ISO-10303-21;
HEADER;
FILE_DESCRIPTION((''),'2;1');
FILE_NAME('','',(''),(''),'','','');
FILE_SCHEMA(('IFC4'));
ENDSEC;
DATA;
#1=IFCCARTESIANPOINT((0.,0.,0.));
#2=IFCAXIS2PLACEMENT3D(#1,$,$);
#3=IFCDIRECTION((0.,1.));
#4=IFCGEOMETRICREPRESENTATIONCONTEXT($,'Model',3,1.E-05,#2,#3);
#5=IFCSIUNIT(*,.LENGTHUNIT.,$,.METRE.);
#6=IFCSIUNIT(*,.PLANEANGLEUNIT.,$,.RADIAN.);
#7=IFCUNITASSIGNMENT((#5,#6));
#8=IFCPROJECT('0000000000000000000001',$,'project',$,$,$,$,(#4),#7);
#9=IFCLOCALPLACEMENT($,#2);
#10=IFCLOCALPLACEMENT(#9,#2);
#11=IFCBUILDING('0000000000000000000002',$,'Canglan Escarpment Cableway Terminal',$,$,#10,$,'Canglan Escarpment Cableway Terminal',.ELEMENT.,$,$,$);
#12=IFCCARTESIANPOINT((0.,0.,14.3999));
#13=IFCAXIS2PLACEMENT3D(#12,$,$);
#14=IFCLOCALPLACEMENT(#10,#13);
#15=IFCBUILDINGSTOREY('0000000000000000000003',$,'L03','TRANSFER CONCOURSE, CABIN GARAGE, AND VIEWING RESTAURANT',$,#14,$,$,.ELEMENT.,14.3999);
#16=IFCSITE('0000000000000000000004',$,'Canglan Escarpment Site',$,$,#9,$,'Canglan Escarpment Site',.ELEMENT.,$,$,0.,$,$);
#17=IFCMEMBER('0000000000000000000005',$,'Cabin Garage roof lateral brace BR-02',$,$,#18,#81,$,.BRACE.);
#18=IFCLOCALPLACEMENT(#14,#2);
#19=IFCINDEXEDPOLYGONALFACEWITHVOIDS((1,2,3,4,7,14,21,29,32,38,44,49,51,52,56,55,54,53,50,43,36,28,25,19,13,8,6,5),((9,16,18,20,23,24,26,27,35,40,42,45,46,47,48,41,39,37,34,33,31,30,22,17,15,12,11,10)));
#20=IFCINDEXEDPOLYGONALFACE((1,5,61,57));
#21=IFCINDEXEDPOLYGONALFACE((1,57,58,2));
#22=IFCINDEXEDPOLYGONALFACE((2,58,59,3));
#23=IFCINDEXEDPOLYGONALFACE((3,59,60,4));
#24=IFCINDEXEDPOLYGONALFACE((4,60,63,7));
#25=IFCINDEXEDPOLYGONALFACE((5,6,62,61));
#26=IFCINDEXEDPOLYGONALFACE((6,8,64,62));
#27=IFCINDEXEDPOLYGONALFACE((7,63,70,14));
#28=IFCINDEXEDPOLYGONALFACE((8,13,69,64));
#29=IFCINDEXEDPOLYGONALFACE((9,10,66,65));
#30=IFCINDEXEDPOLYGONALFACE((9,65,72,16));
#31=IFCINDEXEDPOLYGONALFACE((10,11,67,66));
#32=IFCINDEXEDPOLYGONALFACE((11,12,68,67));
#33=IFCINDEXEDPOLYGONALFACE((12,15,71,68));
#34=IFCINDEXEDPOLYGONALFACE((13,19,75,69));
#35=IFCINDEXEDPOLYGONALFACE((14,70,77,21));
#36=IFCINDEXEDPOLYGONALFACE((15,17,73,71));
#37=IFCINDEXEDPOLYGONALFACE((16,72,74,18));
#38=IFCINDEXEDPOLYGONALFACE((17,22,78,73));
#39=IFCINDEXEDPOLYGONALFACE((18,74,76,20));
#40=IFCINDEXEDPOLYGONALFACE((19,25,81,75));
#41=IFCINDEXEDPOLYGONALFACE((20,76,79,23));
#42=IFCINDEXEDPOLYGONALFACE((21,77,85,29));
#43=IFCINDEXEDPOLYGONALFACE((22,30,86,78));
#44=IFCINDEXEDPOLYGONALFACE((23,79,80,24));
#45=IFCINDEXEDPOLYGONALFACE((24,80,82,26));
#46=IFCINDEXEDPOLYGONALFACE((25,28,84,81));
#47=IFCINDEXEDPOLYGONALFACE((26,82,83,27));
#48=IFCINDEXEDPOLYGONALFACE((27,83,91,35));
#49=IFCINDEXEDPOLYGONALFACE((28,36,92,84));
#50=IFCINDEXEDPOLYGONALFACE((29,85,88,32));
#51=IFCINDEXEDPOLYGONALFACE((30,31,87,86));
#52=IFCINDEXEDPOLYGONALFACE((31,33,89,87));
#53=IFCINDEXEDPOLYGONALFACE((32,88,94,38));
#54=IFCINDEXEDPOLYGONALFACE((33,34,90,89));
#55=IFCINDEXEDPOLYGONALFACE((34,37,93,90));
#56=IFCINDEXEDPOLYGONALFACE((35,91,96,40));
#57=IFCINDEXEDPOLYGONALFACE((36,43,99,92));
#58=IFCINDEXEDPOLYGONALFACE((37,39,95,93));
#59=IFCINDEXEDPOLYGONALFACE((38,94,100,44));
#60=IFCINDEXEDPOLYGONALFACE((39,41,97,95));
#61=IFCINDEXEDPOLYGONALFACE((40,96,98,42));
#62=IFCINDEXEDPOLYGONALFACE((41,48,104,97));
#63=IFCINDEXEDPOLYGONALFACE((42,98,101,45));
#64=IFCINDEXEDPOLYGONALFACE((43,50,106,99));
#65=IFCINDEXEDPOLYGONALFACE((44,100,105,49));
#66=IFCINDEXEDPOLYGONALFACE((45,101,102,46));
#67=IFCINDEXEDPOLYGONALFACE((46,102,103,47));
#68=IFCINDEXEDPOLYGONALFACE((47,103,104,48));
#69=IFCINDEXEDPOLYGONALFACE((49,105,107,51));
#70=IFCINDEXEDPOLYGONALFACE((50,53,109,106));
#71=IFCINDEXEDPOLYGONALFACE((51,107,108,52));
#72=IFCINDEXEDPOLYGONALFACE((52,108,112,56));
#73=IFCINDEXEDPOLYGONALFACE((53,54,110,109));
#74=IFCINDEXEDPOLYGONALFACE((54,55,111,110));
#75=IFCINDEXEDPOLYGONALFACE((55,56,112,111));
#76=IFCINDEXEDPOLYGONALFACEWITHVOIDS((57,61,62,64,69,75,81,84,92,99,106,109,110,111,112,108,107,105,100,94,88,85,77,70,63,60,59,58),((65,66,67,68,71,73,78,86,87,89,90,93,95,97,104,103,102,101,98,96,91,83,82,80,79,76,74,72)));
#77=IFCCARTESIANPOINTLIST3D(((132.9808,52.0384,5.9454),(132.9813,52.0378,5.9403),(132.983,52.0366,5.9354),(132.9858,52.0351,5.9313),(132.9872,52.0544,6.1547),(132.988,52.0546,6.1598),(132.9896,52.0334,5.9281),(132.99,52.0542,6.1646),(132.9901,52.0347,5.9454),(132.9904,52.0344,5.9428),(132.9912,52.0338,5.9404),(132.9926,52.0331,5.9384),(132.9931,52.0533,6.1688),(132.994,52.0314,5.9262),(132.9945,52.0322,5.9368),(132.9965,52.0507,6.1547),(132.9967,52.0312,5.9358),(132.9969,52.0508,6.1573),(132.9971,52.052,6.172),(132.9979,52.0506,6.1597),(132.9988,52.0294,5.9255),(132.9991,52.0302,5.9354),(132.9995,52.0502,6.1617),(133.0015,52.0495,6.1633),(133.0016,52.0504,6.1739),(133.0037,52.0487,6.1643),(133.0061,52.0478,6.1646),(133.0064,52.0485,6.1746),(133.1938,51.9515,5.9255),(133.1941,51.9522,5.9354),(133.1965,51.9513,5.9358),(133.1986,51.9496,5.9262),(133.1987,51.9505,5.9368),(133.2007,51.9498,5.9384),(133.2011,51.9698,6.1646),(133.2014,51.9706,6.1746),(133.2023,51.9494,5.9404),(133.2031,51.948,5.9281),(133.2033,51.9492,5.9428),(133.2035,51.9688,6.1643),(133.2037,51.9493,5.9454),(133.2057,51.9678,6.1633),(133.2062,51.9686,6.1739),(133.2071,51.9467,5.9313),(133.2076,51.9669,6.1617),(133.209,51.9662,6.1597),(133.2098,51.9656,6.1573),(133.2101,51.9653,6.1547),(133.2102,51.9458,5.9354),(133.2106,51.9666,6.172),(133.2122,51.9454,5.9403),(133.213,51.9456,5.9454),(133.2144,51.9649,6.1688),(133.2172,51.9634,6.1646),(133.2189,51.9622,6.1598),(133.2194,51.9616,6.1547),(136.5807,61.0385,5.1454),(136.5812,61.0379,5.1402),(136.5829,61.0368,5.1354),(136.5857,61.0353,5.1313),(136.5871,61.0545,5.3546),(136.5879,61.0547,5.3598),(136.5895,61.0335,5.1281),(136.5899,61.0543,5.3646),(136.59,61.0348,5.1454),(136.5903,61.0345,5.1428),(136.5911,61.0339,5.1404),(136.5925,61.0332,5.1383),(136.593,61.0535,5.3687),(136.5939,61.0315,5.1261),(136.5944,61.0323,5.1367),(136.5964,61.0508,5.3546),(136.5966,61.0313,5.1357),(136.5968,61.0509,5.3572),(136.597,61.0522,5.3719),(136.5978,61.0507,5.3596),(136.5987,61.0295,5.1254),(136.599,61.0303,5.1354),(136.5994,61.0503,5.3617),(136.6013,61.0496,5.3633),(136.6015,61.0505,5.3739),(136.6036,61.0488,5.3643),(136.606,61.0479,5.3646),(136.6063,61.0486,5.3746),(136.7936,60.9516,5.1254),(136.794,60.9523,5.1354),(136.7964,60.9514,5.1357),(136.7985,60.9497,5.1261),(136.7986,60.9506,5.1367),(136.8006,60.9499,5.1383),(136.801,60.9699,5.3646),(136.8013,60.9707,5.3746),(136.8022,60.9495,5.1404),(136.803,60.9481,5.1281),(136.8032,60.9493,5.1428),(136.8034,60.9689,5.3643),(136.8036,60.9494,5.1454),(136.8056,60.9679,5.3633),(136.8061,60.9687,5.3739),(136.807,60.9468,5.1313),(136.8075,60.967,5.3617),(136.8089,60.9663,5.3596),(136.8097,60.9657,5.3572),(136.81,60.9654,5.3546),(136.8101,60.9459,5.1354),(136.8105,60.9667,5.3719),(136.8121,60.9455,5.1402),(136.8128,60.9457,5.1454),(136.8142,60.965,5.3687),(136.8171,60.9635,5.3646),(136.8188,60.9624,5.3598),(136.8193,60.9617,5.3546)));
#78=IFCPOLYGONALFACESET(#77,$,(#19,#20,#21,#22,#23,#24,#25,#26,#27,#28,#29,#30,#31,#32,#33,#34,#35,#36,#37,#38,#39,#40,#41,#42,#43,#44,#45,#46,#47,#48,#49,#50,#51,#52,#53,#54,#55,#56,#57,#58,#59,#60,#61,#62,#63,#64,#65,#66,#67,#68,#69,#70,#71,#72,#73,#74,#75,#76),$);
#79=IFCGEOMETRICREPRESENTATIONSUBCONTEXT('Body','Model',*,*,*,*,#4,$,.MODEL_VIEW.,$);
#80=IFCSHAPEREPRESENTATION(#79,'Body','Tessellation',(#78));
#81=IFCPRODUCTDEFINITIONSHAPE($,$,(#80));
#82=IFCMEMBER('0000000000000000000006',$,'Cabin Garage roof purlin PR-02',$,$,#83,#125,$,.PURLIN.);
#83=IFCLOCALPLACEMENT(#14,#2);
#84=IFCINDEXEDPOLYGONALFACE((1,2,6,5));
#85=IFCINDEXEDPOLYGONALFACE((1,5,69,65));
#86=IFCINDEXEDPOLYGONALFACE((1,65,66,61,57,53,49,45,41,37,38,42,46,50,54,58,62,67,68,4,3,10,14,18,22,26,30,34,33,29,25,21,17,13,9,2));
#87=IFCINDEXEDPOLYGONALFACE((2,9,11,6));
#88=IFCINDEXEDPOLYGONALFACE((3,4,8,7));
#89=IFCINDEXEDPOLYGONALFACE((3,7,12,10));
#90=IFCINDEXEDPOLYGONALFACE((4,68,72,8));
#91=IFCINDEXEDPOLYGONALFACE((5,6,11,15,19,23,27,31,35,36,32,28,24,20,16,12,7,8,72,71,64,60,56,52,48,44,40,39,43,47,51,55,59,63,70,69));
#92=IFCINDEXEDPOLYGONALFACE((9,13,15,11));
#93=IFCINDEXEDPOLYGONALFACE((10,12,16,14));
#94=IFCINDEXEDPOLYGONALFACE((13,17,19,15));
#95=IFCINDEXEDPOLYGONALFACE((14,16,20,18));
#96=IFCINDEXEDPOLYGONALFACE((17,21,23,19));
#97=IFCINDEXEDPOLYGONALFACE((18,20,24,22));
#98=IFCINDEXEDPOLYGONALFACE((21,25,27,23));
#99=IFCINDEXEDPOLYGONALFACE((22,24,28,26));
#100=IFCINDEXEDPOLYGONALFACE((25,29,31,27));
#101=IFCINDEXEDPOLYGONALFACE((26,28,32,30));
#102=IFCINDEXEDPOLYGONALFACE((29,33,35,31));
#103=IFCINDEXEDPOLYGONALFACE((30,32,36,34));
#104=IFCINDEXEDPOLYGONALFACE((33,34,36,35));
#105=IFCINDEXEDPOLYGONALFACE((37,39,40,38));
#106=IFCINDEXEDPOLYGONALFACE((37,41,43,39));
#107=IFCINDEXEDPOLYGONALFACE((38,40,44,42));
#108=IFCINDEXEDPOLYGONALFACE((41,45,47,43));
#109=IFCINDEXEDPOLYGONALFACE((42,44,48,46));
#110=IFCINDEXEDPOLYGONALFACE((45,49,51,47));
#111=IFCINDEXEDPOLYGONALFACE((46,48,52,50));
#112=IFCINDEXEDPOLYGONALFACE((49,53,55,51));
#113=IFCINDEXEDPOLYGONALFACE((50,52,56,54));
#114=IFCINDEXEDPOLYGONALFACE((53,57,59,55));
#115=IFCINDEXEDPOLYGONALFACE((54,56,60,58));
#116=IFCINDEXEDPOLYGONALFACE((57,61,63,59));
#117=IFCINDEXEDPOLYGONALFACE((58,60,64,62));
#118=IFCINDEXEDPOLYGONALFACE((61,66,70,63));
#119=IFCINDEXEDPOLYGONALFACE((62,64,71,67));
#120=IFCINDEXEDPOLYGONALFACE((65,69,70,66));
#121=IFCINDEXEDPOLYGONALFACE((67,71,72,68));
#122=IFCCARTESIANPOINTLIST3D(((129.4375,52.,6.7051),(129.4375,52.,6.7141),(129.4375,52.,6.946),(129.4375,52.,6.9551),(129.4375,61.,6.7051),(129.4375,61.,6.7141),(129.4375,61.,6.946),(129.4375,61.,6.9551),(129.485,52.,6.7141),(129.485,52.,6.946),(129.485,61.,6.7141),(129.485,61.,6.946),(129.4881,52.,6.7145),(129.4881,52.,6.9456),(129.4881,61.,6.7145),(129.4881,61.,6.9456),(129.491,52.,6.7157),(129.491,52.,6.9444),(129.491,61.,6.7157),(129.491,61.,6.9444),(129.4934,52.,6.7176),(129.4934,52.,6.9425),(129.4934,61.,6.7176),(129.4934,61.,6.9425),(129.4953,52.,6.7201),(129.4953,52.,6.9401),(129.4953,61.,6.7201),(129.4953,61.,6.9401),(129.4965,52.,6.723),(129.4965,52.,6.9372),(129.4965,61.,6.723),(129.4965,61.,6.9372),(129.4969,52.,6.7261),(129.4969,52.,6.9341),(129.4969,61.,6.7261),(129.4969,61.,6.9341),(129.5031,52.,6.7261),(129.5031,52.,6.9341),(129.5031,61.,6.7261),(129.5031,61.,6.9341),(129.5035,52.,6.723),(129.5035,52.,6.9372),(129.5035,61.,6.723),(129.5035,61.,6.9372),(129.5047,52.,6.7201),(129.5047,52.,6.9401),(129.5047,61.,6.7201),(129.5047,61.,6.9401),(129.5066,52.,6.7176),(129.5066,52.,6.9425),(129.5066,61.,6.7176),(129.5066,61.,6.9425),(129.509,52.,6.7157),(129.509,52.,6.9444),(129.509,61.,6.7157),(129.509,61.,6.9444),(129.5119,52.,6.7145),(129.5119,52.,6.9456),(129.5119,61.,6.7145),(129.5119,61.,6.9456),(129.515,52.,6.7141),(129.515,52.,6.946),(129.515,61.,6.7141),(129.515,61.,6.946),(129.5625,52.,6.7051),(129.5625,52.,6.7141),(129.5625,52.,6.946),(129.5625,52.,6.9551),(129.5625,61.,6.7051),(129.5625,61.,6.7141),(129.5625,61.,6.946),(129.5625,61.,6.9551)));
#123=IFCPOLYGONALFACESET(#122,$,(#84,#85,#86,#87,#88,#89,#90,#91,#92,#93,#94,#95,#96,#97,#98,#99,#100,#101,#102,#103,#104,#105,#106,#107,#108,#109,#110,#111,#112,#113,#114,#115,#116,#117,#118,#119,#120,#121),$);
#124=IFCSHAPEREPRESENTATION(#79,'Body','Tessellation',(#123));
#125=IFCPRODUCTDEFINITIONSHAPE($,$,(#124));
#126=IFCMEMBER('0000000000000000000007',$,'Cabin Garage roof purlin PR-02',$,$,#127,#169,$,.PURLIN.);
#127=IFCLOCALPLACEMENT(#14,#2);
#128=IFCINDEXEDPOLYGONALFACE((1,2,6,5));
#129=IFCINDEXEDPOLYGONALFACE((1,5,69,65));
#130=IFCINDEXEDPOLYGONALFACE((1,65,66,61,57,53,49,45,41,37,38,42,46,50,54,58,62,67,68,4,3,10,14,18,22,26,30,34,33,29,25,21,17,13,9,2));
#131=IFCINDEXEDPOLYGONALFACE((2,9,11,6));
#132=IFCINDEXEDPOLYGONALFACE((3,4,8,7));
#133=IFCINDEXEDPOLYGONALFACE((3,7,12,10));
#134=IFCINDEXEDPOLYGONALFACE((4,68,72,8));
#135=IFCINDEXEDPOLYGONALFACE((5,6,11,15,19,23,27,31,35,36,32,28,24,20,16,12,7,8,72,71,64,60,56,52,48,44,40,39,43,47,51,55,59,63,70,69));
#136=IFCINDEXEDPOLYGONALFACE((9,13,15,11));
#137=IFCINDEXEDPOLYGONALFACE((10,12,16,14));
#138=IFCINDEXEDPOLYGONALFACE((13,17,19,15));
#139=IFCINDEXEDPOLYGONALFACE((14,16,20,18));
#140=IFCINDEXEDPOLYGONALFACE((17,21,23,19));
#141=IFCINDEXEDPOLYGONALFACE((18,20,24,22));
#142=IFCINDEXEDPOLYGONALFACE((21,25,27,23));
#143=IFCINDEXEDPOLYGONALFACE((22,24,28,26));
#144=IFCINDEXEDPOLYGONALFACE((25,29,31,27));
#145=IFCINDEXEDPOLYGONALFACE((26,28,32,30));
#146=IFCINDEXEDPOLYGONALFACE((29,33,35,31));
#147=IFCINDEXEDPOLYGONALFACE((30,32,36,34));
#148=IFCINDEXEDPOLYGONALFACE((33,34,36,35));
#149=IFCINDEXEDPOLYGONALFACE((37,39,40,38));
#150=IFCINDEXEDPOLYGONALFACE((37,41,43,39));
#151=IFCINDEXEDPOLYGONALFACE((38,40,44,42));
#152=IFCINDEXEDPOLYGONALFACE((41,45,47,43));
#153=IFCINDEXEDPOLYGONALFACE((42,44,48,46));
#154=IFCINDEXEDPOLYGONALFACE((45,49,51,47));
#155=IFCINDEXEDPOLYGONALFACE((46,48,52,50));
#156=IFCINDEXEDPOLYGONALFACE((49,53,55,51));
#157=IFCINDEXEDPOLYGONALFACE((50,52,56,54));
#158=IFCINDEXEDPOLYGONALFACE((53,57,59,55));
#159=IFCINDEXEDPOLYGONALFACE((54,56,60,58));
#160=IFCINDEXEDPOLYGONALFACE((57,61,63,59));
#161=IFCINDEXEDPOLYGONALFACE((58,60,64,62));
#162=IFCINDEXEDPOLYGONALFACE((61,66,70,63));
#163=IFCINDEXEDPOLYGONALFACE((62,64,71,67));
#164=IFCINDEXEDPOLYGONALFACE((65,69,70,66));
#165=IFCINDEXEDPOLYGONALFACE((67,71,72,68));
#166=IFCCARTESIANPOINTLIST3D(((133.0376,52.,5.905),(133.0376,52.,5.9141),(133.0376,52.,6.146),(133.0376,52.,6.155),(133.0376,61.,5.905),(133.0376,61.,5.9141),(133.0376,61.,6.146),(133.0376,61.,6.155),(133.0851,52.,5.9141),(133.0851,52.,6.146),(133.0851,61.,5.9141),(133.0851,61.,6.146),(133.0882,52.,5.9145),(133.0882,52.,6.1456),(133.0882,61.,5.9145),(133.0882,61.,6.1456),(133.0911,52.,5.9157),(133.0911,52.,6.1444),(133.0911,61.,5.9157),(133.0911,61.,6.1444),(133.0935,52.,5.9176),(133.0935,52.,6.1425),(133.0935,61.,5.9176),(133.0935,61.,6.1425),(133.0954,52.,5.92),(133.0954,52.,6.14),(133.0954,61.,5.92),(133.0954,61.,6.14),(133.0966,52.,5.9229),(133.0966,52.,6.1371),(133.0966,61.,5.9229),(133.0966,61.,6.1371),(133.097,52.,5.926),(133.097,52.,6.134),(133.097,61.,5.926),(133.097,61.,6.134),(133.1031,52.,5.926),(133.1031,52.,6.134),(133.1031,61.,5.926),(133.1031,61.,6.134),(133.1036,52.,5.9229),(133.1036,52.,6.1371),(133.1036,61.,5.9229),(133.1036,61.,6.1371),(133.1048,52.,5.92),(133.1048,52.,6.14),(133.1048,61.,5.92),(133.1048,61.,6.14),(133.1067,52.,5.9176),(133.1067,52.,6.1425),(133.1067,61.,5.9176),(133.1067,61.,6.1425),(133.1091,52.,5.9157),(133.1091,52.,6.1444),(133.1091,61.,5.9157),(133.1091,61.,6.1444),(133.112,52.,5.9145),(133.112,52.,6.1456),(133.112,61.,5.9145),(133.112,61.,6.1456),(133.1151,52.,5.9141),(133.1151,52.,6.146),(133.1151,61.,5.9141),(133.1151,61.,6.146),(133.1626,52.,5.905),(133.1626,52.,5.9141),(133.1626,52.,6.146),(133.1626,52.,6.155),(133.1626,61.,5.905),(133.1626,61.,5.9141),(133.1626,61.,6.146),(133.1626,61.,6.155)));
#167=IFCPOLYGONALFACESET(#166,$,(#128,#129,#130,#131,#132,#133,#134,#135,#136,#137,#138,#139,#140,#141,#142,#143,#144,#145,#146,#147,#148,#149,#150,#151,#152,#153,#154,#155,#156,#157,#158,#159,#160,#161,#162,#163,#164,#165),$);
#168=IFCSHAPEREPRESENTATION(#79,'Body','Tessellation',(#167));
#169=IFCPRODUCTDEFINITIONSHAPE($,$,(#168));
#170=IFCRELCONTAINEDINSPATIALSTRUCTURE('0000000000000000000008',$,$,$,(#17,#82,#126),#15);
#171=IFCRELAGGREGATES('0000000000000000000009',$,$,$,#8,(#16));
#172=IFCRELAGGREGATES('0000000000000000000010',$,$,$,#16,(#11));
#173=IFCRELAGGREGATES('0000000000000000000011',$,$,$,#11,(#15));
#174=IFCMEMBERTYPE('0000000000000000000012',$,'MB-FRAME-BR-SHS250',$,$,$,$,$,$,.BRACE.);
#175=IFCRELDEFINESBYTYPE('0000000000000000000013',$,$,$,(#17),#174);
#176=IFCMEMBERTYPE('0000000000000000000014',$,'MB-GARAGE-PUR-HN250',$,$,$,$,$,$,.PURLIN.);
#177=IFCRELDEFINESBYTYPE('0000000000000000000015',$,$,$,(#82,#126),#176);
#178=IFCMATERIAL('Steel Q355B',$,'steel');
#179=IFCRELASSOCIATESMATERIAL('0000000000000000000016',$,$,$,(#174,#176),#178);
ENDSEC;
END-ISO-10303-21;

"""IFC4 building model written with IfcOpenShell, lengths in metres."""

from ifc_helpers import new_model, si_unit, direction, frame, origin, origin_2d, place, context, subcontext, project, spatial, hollow_rectangle, i_section, extrude, material, material_profile, profile_set, type_object, element, save


model = new_model("IFC4")

# Units and contexts
model_context = context("Model", 3, precision=1e-05, world=origin(), true_north=direction((0.0, 1.0)))
body_context = subcontext(model_context, "Body", "Model", "MODEL_VIEW")
ifc_project = project(units=[si_unit("LENGTHUNIT", "METRE"), si_unit("PLANEANGLEUNIT", "RADIAN")], contexts=[model_context])

# Site, building, storey
site_placement = place(None, origin())
site = spatial("IfcSite", under=ifc_project, at=site_placement, Name="Canglan Escarpment Site", LongName="Canglan Escarpment Site", CompositionType="ELEMENT", RefElevation=0.0)
building_placement = place(site_placement, origin())
building = spatial("IfcBuilding", under=site, at=building_placement, Name="Canglan Escarpment Cableway Terminal", LongName="Canglan Escarpment Cableway Terminal", CompositionType="ELEMENT")
storey_placement = place(building_placement, frame((0.0, 0.0, 14.3999)))
storey = spatial("IfcBuildingStorey", under=building, at=storey_placement, Name="L03", Description="TRANSFER CONCOURSE, CABIN GARAGE, AND VIEWING RESTAURANT", CompositionType="ELEMENT", Elevation=14.3999)

# Shared definitions
ifc_material_1 = material(Name="Steel Q355B", Category="steel")

# Members
ifc_material_profile_1 = material_profile(ifc_material_1, hollow_rectangle(XDim=0.25, YDim=0.25, WallThickness=0.01, InnerFilletRadius=0.01, OuterFilletRadius=0.02, at=origin_2d()), Name="SHS 250x250x10")
ifc_profile_set_1 = profile_set([ifc_material_profile_1], Name="Steel Q355B")
member_type_1 = type_object("IfcMemberType", Name="MB-FRAME-BR-SHS250", PredefinedType="BRACE", material=ifc_profile_set_1)
member_1_placement = place(storey_placement, frame((133.1001, 52.0, 6.05), z_axis=(0.370119, 0.925335, -0.082257), x_axis=(-0.928482, 0.371378, 0.0)))
element("IfcMember", 1, at=member_1_placement, inside=storey, type_object=member_type_1, Name="Cabin Garage roof lateral brace BR-02", PredefinedType="BRACE", context=body_context, shape_type="SweptSolid", body=[
    extrude(hollow_rectangle(XDim=0.25, YDim=0.25, WallThickness=0.01, InnerFilletRadius=0.01, OuterFilletRadius=0.02, at=origin_2d()), origin(), (0.0, 0.0, 1.0), 9.7263),
])
ifc_material_profile_2 = material_profile(ifc_material_1, i_section(OverallWidth=0.125, OverallDepth=0.25, WebThickness=0.0061, FlangeThickness=0.009, FilletRadius=0.012, at=origin_2d()), Name="HN 250x125x6x9")
ifc_profile_set_2 = profile_set([ifc_material_profile_2], Name="Steel Q355B")
member_type_2 = type_object("IfcMemberType", Name="MB-GARAGE-PUR-HN250", PredefinedType="PURLIN", material=ifc_profile_set_2)
for number, where, z_axis, x_axis, name in (
    (2, (129.5, 52.0, 6.8301), (0.0, 1.0, 0.0), (-1.0, 0.0, 0.0), "Cabin Garage roof purlin PR-02"),
    (3, (133.1001, 52.0, 6.03), (0.0, 1.0, 0.0), (-1.0, 0.0, 0.0), "Cabin Garage roof purlin PR-02"),
):
    element("IfcMember", number, at=place(storey_placement, frame(where, z_axis=z_axis, x_axis=x_axis)), inside=storey, type_object=member_type_2, Name=name, PredefinedType="PURLIN", context=body_context, shape_type="SweptSolid", body=[
        extrude(i_section(OverallWidth=0.125, OverallDepth=0.25, WebThickness=0.0061, FlangeThickness=0.009, FilletRadius=0.012, at=origin_2d()), origin(), (0.0, 0.0, 1.0), 9.0),
    ])

save(model, "model.ifc")
